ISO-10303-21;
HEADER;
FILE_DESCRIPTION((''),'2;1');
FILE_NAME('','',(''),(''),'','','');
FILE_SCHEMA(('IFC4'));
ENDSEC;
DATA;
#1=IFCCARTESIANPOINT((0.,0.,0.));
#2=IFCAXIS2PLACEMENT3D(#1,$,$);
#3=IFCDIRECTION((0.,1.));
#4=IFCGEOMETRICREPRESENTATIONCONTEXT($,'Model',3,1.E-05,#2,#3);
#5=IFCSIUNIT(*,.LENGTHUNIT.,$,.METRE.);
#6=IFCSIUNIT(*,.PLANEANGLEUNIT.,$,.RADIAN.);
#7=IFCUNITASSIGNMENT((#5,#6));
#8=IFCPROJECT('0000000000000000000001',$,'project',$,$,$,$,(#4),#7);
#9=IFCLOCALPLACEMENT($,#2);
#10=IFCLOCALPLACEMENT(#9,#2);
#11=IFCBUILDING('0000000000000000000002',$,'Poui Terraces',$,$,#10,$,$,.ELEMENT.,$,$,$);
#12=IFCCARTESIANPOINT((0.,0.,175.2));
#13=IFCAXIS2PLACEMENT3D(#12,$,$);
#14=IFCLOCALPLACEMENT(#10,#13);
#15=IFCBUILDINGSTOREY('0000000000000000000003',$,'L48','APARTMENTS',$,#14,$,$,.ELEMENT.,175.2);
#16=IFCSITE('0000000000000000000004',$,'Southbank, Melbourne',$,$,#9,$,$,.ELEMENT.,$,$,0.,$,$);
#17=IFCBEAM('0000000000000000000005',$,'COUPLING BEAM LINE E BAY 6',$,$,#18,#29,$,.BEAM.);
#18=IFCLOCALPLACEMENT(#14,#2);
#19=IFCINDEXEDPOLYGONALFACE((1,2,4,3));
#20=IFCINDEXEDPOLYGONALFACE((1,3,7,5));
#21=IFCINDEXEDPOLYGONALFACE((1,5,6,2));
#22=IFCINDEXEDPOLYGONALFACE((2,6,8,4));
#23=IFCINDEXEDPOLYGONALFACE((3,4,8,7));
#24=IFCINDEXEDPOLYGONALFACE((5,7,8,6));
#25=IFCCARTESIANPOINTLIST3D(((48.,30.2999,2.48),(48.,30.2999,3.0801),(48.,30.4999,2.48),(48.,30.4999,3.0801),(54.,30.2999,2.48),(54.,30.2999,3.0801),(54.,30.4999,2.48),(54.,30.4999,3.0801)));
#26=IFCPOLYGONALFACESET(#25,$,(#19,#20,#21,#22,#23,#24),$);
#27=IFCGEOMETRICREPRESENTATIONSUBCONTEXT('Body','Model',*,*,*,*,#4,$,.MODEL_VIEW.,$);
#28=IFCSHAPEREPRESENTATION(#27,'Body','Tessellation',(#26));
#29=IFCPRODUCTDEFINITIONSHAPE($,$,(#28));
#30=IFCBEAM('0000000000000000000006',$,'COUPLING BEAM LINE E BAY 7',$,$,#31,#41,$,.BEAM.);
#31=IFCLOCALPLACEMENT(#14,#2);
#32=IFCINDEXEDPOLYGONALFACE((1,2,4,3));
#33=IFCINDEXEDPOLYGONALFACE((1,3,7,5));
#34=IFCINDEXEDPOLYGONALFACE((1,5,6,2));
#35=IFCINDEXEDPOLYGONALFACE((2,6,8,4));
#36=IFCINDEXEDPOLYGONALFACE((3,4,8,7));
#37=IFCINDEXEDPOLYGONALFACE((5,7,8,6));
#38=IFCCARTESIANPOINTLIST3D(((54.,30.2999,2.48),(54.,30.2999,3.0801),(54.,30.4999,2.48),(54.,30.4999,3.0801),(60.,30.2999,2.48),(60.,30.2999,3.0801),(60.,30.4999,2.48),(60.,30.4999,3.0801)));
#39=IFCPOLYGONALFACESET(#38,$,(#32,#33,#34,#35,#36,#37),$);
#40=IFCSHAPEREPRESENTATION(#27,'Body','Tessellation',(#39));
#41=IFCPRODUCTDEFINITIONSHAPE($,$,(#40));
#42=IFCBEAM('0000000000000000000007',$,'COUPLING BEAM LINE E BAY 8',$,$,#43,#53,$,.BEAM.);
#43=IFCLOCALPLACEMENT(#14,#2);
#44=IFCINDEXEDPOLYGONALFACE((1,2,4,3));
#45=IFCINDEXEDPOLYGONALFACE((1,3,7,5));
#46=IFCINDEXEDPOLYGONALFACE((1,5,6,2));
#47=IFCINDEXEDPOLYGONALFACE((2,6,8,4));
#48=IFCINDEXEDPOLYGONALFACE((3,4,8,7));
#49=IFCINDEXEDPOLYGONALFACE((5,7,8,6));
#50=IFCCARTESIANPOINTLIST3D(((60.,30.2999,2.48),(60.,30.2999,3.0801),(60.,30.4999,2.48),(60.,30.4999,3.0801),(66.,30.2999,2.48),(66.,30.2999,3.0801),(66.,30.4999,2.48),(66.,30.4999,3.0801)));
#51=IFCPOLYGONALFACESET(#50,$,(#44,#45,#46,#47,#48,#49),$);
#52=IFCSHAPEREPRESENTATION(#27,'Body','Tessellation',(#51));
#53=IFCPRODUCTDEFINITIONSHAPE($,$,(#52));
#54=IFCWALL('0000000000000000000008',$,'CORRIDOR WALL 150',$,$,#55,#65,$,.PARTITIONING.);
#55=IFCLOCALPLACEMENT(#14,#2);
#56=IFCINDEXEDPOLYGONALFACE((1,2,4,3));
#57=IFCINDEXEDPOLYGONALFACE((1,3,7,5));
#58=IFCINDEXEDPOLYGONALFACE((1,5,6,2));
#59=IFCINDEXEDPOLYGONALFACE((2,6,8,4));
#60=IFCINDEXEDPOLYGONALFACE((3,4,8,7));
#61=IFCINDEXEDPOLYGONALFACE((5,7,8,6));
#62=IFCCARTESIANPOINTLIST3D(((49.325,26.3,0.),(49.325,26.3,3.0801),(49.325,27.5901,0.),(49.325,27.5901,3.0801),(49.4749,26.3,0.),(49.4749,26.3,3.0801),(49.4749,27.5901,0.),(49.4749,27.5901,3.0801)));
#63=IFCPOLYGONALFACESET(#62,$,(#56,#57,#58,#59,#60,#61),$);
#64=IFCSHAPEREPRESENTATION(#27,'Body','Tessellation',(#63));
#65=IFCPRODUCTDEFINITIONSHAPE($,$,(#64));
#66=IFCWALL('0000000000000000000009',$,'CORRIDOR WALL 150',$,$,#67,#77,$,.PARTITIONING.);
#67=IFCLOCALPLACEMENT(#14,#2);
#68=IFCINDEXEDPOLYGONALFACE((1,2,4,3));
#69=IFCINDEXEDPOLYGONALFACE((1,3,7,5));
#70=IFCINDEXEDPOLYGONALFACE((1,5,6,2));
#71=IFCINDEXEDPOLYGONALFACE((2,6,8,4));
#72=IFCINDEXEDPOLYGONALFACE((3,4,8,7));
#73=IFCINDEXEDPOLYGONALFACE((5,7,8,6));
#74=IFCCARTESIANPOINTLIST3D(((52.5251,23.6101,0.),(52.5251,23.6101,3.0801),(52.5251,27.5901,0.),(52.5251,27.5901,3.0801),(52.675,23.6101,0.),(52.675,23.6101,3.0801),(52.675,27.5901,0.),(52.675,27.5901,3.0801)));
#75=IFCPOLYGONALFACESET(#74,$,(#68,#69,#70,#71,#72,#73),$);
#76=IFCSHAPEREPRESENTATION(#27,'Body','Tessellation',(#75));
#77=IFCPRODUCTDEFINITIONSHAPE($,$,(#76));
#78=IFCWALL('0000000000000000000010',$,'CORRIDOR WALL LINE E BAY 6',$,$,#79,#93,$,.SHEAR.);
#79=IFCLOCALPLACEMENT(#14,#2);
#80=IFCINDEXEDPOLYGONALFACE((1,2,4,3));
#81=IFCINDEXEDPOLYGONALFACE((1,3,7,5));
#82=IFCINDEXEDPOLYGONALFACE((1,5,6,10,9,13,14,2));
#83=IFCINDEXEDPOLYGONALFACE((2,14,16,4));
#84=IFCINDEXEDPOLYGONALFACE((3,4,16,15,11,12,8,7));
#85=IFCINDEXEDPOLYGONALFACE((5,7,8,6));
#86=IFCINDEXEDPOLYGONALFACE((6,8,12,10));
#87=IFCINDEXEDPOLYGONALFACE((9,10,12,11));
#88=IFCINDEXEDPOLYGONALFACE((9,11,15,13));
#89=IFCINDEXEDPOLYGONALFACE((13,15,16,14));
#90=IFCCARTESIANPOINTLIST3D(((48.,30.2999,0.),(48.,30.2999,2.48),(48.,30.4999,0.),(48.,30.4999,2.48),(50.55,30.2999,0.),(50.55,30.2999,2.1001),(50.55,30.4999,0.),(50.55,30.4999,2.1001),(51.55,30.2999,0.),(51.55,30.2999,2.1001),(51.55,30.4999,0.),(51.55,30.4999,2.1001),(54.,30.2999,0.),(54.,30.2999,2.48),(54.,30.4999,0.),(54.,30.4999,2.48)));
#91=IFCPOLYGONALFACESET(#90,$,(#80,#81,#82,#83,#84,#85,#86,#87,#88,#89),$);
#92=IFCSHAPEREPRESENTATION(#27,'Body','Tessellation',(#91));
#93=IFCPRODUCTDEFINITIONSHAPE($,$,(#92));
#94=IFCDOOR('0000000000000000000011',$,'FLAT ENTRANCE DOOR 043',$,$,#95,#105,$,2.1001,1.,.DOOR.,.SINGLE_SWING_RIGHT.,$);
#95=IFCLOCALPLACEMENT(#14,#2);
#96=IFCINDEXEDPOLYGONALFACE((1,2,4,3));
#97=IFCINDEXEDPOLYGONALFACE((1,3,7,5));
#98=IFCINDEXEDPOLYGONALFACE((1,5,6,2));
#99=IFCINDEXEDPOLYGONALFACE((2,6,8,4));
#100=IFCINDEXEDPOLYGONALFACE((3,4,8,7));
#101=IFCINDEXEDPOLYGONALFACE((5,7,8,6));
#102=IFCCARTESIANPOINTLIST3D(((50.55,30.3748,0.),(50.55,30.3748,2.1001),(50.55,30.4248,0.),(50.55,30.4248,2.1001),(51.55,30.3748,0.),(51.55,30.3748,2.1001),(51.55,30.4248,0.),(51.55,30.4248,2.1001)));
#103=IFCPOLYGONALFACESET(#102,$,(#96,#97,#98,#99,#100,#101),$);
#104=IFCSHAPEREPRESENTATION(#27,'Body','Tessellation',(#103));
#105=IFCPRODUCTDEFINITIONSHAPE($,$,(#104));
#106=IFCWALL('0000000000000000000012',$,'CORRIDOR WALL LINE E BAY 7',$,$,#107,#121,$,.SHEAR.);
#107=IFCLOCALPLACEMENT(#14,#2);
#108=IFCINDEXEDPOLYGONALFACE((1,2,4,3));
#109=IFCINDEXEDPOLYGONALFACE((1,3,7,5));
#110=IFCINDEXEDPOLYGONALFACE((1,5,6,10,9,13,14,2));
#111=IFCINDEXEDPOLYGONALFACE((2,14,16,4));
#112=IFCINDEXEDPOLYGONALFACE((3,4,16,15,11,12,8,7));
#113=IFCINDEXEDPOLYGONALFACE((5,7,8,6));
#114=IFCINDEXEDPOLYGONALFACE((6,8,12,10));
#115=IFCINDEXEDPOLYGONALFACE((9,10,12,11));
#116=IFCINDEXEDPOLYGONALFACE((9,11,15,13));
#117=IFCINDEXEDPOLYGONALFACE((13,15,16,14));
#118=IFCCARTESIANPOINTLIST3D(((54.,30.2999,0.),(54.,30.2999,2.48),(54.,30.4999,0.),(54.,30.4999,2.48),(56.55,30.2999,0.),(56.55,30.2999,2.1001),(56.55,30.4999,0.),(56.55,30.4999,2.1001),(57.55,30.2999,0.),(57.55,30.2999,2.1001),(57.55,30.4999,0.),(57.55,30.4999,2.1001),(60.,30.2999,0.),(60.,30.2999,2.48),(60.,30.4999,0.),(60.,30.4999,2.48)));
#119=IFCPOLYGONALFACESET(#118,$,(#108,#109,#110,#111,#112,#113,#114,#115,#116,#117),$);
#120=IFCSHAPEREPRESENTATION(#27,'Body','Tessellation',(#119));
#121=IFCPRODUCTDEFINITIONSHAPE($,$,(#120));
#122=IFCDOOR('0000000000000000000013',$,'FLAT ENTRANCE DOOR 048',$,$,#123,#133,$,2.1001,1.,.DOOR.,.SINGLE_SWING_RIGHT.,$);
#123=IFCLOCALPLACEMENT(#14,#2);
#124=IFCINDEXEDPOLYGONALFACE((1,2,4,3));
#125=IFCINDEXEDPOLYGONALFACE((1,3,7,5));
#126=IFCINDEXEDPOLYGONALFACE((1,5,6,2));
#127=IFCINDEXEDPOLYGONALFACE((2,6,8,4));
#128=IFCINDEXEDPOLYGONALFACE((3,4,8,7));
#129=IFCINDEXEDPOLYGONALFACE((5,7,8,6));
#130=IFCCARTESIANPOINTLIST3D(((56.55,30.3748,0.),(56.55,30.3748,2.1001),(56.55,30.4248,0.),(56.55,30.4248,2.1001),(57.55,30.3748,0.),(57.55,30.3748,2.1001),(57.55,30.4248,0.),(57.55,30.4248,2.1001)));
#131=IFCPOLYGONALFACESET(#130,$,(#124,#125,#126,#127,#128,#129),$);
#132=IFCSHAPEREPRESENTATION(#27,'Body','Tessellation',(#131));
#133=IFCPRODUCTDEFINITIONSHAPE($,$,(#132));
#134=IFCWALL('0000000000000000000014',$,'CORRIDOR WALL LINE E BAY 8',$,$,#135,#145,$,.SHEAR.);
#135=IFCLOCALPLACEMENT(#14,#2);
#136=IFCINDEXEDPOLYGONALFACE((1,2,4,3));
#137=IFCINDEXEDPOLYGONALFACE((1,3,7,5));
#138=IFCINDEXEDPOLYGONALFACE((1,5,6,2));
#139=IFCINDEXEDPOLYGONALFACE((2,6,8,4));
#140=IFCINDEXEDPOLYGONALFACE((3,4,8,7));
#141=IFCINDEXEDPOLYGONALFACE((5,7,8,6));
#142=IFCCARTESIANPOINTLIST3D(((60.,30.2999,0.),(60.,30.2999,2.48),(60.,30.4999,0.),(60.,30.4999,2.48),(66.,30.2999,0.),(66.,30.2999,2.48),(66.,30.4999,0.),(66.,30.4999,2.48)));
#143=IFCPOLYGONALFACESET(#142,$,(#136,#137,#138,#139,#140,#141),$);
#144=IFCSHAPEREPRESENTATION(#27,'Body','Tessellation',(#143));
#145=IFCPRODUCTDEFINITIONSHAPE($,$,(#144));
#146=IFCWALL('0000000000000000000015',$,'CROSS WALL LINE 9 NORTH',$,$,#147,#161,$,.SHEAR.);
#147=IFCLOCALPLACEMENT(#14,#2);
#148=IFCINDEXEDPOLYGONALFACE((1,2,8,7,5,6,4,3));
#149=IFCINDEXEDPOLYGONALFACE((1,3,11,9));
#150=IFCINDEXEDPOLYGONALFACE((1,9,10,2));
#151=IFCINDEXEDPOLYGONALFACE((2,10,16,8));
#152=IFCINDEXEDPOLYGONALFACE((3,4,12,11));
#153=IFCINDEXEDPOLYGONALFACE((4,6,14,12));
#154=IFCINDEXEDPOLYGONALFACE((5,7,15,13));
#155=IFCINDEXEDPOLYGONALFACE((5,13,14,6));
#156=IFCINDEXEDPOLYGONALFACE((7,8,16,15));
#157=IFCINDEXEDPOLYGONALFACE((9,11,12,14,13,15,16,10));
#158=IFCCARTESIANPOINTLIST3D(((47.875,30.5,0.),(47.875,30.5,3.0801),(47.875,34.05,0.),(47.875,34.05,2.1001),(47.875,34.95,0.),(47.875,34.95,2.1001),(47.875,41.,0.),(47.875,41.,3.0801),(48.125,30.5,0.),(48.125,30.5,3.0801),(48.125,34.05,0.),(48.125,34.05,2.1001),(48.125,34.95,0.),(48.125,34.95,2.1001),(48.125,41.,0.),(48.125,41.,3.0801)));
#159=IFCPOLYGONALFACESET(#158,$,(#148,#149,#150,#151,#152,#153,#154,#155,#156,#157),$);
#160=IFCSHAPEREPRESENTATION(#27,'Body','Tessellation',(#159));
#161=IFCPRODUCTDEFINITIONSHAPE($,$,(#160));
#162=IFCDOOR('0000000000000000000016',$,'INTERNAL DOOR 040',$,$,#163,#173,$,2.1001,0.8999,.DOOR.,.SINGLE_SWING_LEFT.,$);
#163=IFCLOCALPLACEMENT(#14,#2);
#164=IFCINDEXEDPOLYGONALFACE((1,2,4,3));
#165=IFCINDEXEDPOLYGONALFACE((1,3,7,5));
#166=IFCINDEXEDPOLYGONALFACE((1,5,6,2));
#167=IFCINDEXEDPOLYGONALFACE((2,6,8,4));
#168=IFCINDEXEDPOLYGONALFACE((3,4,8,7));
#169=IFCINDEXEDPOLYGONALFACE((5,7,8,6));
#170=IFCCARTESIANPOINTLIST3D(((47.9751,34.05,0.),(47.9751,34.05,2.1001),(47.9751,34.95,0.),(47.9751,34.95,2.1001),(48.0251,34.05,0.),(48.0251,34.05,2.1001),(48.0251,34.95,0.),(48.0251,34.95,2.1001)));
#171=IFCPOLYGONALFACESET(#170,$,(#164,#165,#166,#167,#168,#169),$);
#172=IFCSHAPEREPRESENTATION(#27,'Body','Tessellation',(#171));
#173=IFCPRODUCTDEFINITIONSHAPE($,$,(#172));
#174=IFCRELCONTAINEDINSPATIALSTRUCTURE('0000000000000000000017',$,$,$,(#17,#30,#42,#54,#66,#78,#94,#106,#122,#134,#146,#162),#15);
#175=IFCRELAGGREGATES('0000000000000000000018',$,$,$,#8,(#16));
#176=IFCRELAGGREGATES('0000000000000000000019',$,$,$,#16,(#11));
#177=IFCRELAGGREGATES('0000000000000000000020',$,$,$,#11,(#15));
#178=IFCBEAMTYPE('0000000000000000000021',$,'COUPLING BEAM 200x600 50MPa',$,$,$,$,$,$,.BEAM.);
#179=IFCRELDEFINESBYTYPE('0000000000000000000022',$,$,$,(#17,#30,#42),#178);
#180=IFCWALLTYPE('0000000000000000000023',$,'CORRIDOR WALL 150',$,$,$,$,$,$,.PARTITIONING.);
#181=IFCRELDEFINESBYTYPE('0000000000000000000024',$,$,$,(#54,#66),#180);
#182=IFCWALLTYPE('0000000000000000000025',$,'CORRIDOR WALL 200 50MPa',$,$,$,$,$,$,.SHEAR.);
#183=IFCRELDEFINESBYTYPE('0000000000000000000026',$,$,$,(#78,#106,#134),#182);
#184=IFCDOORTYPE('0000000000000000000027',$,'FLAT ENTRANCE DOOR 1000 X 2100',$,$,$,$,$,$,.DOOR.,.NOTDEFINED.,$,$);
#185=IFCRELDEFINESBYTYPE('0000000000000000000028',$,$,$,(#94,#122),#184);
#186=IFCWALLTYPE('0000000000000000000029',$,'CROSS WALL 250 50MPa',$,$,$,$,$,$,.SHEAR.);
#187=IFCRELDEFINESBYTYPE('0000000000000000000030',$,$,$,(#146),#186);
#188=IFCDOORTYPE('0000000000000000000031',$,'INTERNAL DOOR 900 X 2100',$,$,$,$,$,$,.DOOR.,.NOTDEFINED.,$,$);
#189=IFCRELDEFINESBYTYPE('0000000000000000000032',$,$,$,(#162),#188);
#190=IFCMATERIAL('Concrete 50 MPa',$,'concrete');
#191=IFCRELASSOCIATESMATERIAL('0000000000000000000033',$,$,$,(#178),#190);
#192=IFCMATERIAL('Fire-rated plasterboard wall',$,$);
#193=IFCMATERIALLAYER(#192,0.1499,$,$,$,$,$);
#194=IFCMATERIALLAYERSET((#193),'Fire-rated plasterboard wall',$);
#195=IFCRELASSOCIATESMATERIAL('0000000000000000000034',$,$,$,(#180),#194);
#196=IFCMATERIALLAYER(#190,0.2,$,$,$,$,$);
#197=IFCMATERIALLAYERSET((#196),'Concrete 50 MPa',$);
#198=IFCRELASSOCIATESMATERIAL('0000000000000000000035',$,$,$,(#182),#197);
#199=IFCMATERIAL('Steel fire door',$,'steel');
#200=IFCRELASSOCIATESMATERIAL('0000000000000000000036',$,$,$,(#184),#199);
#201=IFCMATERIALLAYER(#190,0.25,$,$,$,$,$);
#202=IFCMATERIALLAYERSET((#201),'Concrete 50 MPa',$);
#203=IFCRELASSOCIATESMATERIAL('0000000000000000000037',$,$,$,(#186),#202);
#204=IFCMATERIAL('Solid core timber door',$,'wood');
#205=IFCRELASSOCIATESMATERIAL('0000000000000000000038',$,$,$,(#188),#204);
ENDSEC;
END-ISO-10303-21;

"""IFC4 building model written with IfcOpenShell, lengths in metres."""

from ifc_helpers import new_model, si_unit, direction, frame, frame_2d, origin, origin_2d, place, context, subcontext, project, spatial, rectangle, extrude, source, transform, mapped, material, layer, layer_set, material_profile, profile_set, type_object, element, fill, save


model = new_model("IFC4")

# Units and contexts
model_context = context("Model", 3, precision=1e-05, world=origin(), true_north=direction((0.0, 1.0)))
body_context = subcontext(model_context, "Body", "Model", "MODEL_VIEW")
ifc_project = project(units=[si_unit("LENGTHUNIT", "METRE"), si_unit("PLANEANGLEUNIT", "RADIAN")], contexts=[model_context])

# Site, building, storey
site_placement = place(None, origin())
site = spatial("IfcSite", under=ifc_project, at=site_placement, Name="Southbank, Melbourne", CompositionType="ELEMENT", RefElevation=0.0)
building_placement = place(site_placement, origin())
building = spatial("IfcBuilding", under=site, at=building_placement, Name="Poui Terraces", CompositionType="ELEMENT")
storey_placement = place(building_placement, frame((0.0, 0.0, 175.2)))
storey = spatial("IfcBuildingStorey", under=building, at=storey_placement, Name="L48", Description="APARTMENTS", CompositionType="ELEMENT", Elevation=175.2)

# Beams
ifc_material_1 = material(Name="Concrete 50 MPa", Category="concrete")
ifc_material_profile = material_profile(ifc_material_1, rectangle(XDim=0.2, YDim=0.6001, at=origin_2d()), Name="RC 200x600")
ifc_profile_set = profile_set([ifc_material_profile], Name="Concrete 50 MPa")
beam_type = type_object("IfcBeamType", Name="COUPLING BEAM 200x600 50MPa", PredefinedType="BEAM", material=ifc_profile_set)
shared_shape = source(origin(), body_context, "Body", "SweptSolid", [
    extrude(rectangle(XDim=0.2, YDim=0.6001, at=origin_2d()), origin(), (0.0, 0.0, 1.0), 6.0),
])
for number, where, z_axis, x_axis, name in (
    (1, (48.0, 30.3999, 2.78), (1.0, 0.0, 0.0), (0.0, 1.0, 0.0), "COUPLING BEAM LINE E BAY 6"),
    (2, (54.0, 30.3999, 2.78), (1.0, 0.0, 0.0), (0.0, 1.0, 0.0), "COUPLING BEAM LINE E BAY 7"),
    (3, (60.0, 30.3999, 2.78), (1.0, 0.0, 0.0), (0.0, 1.0, 0.0), "COUPLING BEAM LINE E BAY 8"),
):
    element("IfcBeam", number, at=place(storey_placement, frame(where, z_axis=z_axis, x_axis=x_axis)), inside=storey, type_object=beam_type, Name=name, PredefinedType="BEAM", context=body_context, shape_type="MappedRepresentation", body=[
        mapped(shared_shape, transform((0.0, 0.0, 0.0))),
    ])

# Walls
ifc_material_2 = material(Name="Fire-rated plasterboard wall")
ifc_layer_1 = layer(ifc_material_2, 0.1499)
ifc_layer_set_1 = layer_set([ifc_layer_1], Name="Fire-rated plasterboard wall")
wall_type_1 = type_object("IfcWallType", Name="CORRIDOR WALL 150", PredefinedType="PARTITIONING", material=ifc_layer_set_1)
wall_1_placement = place(storey_placement, frame((49.3999, 26.3, 0.0), z_axis=(0.0, 0.0, 1.0), x_axis=(0.0, 1.0, 0.0)))
element("IfcWall", 4, at=wall_1_placement, inside=storey, type_object=wall_type_1, Name="CORRIDOR WALL 150", PredefinedType="PARTITIONING", context=body_context, shape_type="SweptSolid", body=[
    extrude(rectangle(XDim=1.29, YDim=0.1499, at=frame_2d((0.645, 0.0))), origin(), (0.0, 0.0, 1.0), 3.0801),
])
wall_2_placement = place(storey_placement, frame((52.6001, 23.6101, 0.0), z_axis=(0.0, 0.0, 1.0), x_axis=(0.0, 1.0, 0.0)))
element("IfcWall", 5, at=wall_2_placement, inside=storey, type_object=wall_type_1, Name="CORRIDOR WALL 150", PredefinedType="PARTITIONING", context=body_context, shape_type="SweptSolid", body=[
    extrude(rectangle(XDim=3.98, YDim=0.1499, at=frame_2d((1.99, 0.0))), origin(), (0.0, 0.0, 1.0), 3.0801),
])

# Walls, openings, doors
ifc_layer_2 = layer(ifc_material_1, 0.2)
ifc_layer_set_2 = layer_set([ifc_layer_2], Name="Concrete 50 MPa")
wall_type_2 = type_object("IfcWallType", Name="CORRIDOR WALL 200 50MPa", PredefinedType="SHEAR", material=ifc_layer_set_2)
wall_3_placement = place(storey_placement, frame((48.0, 30.3999, 0.0), z_axis=(0.0, 0.0, 1.0), x_axis=(1.0, 0.0, 0.0)))
wall_3 = element("IfcWall", 6, at=wall_3_placement, inside=storey, type_object=wall_type_2, Name="CORRIDOR WALL LINE E BAY 6", PredefinedType="SHEAR", context=body_context, shape_type="SweptSolid", body=[
    extrude(rectangle(XDim=6.0, YDim=0.2, at=frame_2d((3.0, 0.0))), origin(), (0.0, 0.0, 1.0), 2.48),
])
opening_1_placement = place(wall_3_placement, frame((2.55, 0.0, 0.0)))
opening_1 = element("IfcOpeningElement", 7, at=opening_1_placement, cuts=wall_3, PredefinedType="OPENING", context=body_context, shape_type="SweptSolid", body=[
    extrude(rectangle(XDim=1.0, YDim=2.1001, at=frame_2d((0.5, 1.05))), frame((0.0, 0.1099, 0.0), z_axis=(0.0, -1.0, 0.0), x_axis=(1.0, 0.0, 0.0)), (0.0, 0.0, 1.0), 0.22),
])
ifc_material_3 = material(Name="Steel fire door", Category="steel")
door_type_1 = type_object("IfcDoorType", Name="FLAT ENTRANCE DOOR 1000 X 2100", OperationType="NOTDEFINED", PredefinedType="DOOR", material=ifc_material_3)
door_1_placement = place(opening_1_placement, origin())
door_1 = element("IfcDoor", 8, at=door_1_placement, inside=storey, type_object=door_type_1, Name="FLAT ENTRANCE DOOR 043", OperationType="SINGLE_SWING_RIGHT", OverallHeight=2.1001, OverallWidth=1.0, PredefinedType="DOOR", context=body_context, shape_type="SweptSolid", body=[
    extrude(rectangle(XDim=1.0, YDim=2.1001, at=frame_2d((0.5, 1.05))), frame((0.0, 0.0249, 0.0), z_axis=(0.0, -1.0, 0.0), x_axis=(1.0, 0.0, 0.0)), (0.0, 0.0, 1.0), 0.05),
])
fill(opening_1, door_1)
wall_4_placement = place(storey_placement, frame((54.0, 30.3999, 0.0), z_axis=(0.0, 0.0, 1.0), x_axis=(1.0, 0.0, 0.0)))
wall_4 = element("IfcWall", 9, at=wall_4_placement, inside=storey, type_object=wall_type_2, Name="CORRIDOR WALL LINE E BAY 7", PredefinedType="SHEAR", context=body_context, shape_type="SweptSolid", body=[
    extrude(rectangle(XDim=6.0, YDim=0.2, at=frame_2d((3.0, 0.0))), origin(), (0.0, 0.0, 1.0), 2.48),
])
opening_2_placement = place(wall_4_placement, frame((2.55, 0.0, 0.0)))
opening_2 = element("IfcOpeningElement", 10, at=opening_2_placement, cuts=wall_4, PredefinedType="OPENING", context=body_context, shape_type="SweptSolid", body=[
    extrude(rectangle(XDim=1.0, YDim=2.1001, at=frame_2d((0.5, 1.05))), frame((0.0, 0.1099, 0.0), z_axis=(0.0, -1.0, 0.0), x_axis=(1.0, 0.0, 0.0)), (0.0, 0.0, 1.0), 0.22),
])
door_2_placement = place(opening_2_placement, origin())
door_2 = element("IfcDoor", 11, at=door_2_placement, inside=storey, type_object=door_type_1, Name="FLAT ENTRANCE DOOR 048", OperationType="SINGLE_SWING_RIGHT", OverallHeight=2.1001, OverallWidth=1.0, PredefinedType="DOOR", context=body_context, shape_type="SweptSolid", body=[
    extrude(rectangle(XDim=1.0, YDim=2.1001, at=frame_2d((0.5, 1.05))), frame((0.0, 0.0249, 0.0), z_axis=(0.0, -1.0, 0.0), x_axis=(1.0, 0.0, 0.0)), (0.0, 0.0, 1.0), 0.05),
])
fill(opening_2, door_2)

# Wall
wall_5_placement = place(storey_placement, frame((60.0, 30.3999, 0.0), z_axis=(0.0, 0.0, 1.0), x_axis=(1.0, 0.0, 0.0)))
element("IfcWall", 12, at=wall_5_placement, inside=storey, type_object=wall_type_2, Name="CORRIDOR WALL LINE E BAY 8", PredefinedType="SHEAR", context=body_context, shape_type="SweptSolid", body=[
    extrude(rectangle(XDim=6.0, YDim=0.2, at=frame_2d((3.0, 0.0))), origin(), (0.0, 0.0, 1.0), 2.48),
])

# Wall, opening, door
ifc_layer_3 = layer(ifc_material_1, 0.25)
ifc_layer_set_3 = layer_set([ifc_layer_3], Name="Concrete 50 MPa")
wall_type_3 = type_object("IfcWallType", Name="CROSS WALL 250 50MPa", PredefinedType="SHEAR", material=ifc_layer_set_3)
wall_6_placement = place(storey_placement, frame((48.0, 30.5, 0.0), z_axis=(0.0, 0.0, 1.0), x_axis=(0.0, 1.0, 0.0)))
wall_6 = element("IfcWall", 13, at=wall_6_placement, inside=storey, type_object=wall_type_3, Name="CROSS WALL LINE 9 NORTH", PredefinedType="SHEAR", context=body_context, shape_type="SweptSolid", body=[
    extrude(rectangle(XDim=10.5, YDim=0.25, at=frame_2d((5.25, 0.0))), origin(), (0.0, 0.0, 1.0), 3.0801),
])
opening_3_placement = place(wall_6_placement, frame((3.55, 0.0, 0.0)))
opening_3 = element("IfcOpeningElement", 14, at=opening_3_placement, cuts=wall_6, PredefinedType="OPENING", context=body_context, shape_type="SweptSolid", body=[
    extrude(rectangle(XDim=0.8999, YDim=2.1001, at=frame_2d((0.45, 1.05))), frame((0.0, 0.135, 0.0), z_axis=(0.0, -1.0, 0.0), x_axis=(1.0, 0.0, 0.0)), (0.0, 0.0, 1.0), 0.27),
])
ifc_material_4 = material(Name="Solid core timber door", Category="wood")
door_type_2 = type_object("IfcDoorType", Name="INTERNAL DOOR 900 X 2100", OperationType="NOTDEFINED", PredefinedType="DOOR", material=ifc_material_4)
door_3_placement = place(opening_3_placement, origin())
door_3 = element("IfcDoor", 15, at=door_3_placement, inside=storey, type_object=door_type_2, Name="INTERNAL DOOR 040", OperationType="SINGLE_SWING_LEFT", OverallHeight=2.1001, OverallWidth=0.8999, PredefinedType="DOOR", context=body_context, shape_type="SweptSolid", body=[
    extrude(rectangle(XDim=0.8999, YDim=2.1001, at=frame_2d((0.45, 1.05))), frame((0.0, 0.0249, 0.0), z_axis=(0.0, -1.0, 0.0), x_axis=(1.0, 0.0, 0.0)), (0.0, 0.0, 1.0), 0.05),
])
fill(opening_3, door_3)

save(model, "model.ifc")
